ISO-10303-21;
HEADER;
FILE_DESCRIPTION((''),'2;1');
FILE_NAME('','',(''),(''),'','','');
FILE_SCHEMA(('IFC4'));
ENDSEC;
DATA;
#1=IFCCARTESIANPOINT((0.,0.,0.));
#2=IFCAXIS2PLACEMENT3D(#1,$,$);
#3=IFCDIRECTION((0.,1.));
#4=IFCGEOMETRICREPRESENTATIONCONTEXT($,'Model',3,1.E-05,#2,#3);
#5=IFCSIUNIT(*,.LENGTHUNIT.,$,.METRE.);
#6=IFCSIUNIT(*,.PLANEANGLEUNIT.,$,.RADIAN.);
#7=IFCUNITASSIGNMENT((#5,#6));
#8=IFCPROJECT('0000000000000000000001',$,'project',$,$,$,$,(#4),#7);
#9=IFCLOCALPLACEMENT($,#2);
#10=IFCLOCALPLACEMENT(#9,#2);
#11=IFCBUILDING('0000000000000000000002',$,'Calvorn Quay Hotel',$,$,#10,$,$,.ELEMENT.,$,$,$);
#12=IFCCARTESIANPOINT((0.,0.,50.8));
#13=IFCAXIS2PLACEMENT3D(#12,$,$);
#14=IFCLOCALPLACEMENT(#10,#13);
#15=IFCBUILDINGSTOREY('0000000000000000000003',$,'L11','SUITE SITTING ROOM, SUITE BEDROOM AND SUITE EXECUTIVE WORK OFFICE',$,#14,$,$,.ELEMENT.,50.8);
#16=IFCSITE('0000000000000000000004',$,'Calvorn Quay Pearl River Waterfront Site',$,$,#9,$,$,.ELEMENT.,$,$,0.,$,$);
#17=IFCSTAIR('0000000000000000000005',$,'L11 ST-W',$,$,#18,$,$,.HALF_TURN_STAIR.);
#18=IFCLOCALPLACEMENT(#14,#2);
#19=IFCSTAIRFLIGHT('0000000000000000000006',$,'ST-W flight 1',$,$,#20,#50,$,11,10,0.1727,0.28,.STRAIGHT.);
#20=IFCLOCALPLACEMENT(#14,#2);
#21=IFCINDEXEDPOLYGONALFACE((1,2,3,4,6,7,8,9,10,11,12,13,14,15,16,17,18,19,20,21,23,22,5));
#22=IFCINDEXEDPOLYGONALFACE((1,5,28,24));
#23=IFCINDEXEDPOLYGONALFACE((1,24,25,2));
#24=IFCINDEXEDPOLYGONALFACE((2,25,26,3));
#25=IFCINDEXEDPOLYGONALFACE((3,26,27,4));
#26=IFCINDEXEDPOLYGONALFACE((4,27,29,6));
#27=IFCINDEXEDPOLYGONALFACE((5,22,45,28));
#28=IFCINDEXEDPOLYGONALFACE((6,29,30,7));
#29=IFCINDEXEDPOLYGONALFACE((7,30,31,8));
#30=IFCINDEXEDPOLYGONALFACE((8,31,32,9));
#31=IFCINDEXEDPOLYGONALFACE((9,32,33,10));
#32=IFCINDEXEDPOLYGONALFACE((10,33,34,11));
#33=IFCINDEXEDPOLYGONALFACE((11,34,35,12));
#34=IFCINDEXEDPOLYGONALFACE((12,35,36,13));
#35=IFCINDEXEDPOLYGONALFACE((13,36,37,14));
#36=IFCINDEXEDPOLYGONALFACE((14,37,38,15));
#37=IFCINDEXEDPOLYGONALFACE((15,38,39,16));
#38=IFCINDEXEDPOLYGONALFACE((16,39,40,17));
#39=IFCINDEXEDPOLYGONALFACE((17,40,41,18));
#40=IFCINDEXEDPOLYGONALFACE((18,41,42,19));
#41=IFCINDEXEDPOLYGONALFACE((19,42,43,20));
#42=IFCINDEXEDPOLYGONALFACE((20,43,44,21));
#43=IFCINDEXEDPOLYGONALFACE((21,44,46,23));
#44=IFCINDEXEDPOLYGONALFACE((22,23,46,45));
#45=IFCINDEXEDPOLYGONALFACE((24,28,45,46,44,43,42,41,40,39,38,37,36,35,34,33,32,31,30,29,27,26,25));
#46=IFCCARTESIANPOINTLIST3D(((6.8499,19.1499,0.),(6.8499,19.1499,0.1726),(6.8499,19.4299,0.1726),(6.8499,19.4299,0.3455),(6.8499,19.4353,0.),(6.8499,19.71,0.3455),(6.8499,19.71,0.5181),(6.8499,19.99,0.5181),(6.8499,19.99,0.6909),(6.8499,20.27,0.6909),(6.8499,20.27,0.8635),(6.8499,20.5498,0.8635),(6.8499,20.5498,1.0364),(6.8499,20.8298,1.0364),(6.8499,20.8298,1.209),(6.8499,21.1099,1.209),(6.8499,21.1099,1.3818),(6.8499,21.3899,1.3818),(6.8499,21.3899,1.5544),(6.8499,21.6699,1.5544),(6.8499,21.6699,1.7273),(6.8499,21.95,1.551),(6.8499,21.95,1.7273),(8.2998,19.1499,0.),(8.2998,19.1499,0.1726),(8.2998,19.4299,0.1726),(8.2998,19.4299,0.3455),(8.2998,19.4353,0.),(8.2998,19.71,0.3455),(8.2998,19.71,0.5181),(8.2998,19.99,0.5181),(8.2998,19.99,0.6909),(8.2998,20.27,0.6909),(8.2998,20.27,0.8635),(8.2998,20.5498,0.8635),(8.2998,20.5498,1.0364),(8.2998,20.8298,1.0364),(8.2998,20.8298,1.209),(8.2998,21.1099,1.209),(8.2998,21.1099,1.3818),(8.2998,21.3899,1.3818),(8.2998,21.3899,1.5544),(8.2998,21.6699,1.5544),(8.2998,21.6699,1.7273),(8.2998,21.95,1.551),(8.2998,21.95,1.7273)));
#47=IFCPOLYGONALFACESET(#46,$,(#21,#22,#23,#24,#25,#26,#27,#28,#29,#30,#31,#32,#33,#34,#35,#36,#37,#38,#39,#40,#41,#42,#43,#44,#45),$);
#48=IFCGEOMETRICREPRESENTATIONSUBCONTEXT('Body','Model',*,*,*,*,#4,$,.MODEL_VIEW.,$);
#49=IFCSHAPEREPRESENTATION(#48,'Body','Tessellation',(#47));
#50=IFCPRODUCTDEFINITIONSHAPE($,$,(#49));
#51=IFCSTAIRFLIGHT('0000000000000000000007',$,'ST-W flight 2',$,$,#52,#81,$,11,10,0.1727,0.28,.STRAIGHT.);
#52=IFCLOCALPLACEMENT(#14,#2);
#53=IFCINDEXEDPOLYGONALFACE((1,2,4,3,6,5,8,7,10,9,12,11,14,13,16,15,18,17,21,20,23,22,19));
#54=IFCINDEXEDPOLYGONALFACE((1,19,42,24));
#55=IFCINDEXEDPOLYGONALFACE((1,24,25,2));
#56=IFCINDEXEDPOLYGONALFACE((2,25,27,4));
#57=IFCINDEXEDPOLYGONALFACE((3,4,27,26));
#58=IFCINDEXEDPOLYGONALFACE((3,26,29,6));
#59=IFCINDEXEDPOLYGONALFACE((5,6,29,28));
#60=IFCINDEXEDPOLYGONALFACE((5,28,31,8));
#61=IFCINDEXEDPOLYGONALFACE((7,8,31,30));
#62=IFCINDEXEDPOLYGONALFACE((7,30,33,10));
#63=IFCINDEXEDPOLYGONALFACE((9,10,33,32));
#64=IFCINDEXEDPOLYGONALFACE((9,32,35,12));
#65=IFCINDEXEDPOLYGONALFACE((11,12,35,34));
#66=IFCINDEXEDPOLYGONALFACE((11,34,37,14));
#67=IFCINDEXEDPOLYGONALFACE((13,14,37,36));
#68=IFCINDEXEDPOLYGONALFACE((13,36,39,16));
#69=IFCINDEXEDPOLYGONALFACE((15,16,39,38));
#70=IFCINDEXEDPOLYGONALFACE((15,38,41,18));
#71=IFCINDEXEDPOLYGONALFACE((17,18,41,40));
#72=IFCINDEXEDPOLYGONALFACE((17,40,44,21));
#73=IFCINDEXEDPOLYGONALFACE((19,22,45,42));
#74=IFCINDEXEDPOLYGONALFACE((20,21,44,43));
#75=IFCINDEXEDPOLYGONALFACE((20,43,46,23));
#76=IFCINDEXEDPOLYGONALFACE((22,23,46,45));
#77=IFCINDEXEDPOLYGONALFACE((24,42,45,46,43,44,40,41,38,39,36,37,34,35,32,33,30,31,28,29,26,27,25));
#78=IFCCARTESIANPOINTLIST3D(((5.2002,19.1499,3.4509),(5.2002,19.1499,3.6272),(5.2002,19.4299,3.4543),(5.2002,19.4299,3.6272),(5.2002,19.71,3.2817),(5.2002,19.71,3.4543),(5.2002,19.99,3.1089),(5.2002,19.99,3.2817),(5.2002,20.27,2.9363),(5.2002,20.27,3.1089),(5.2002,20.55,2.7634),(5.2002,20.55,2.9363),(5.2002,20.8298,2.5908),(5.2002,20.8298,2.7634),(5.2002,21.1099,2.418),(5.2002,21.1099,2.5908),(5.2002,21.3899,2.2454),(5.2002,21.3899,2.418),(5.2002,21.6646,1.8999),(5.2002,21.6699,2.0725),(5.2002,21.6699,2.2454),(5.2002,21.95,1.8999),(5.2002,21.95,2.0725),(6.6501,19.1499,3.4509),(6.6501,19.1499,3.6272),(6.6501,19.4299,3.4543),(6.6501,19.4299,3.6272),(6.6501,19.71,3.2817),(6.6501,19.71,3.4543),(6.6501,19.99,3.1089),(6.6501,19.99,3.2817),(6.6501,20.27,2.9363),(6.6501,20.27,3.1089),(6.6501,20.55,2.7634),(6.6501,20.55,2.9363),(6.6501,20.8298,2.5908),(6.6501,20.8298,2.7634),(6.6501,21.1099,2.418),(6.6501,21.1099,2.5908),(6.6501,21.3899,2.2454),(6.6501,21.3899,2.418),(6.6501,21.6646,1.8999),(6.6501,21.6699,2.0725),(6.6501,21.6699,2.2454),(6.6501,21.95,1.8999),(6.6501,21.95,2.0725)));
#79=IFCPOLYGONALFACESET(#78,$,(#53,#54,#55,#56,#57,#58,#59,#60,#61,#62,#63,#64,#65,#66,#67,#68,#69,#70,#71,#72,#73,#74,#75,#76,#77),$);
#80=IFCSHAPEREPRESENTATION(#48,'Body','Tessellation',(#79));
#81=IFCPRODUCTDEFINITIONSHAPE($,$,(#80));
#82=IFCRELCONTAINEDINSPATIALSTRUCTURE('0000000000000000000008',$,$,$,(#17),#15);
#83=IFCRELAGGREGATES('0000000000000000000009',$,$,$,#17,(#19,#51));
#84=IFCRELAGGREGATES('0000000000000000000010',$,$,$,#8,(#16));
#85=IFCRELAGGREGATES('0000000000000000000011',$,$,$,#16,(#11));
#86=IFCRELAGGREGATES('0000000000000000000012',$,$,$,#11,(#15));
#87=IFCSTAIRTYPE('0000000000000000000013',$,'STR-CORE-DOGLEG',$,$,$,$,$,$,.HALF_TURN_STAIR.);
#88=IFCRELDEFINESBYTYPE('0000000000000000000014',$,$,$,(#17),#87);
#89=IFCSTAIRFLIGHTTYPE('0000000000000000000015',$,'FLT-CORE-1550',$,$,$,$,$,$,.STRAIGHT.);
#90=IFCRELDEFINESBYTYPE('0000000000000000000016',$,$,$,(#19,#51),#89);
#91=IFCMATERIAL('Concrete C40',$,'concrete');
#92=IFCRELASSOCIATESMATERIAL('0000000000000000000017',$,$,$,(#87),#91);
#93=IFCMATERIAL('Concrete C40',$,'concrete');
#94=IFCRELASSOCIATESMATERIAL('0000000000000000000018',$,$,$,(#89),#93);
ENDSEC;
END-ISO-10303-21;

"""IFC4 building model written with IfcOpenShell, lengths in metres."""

from ifc_helpers import new_model, si_unit, direction, frame, origin, place, context, subcontext, project, spatial, polyline, outline, extrude, material, type_object, element, aggregate, save


model = new_model("IFC4")

# Units and contexts
model_context = context("Model", 3, precision=1e-05, world=origin(), true_north=direction((0.0, 1.0)))
body_context = subcontext(model_context, "Body", "Model", "MODEL_VIEW")
ifc_project = project(units=[si_unit("LENGTHUNIT", "METRE"), si_unit("PLANEANGLEUNIT", "RADIAN")], contexts=[model_context])

# Site, building, storey
site_placement = place(None, origin())
site = spatial("IfcSite", under=ifc_project, at=site_placement, Name="Calvorn Quay Pearl River Waterfront Site", CompositionType="ELEMENT", RefElevation=0.0)
building_placement = place(site_placement, origin())
building = spatial("IfcBuilding", under=site, at=building_placement, Name="Calvorn Quay Hotel", CompositionType="ELEMENT")
storey_placement = place(building_placement, frame((0.0, 0.0, 50.8)))
storey = spatial("IfcBuildingStorey", under=building, at=storey_placement, Name="L11", Description="SUITE SITTING ROOM, SUITE BEDROOM AND SUITE EXECUTIVE WORK OFFICE", CompositionType="ELEMENT", Elevation=50.8)

# Stair, stair flights
ifc_material_1 = material(Name="Concrete C40", Category="concrete")
stair_type = type_object("IfcStairType", Name="STR-CORE-DOGLEG", PredefinedType="HALF_TURN_STAIR", material=ifc_material_1)
stair_placement = place(storey_placement, origin())
stair = element("IfcStair", 1, at=stair_placement, inside=storey, type_object=stair_type, Name="L11 ST-W", PredefinedType="HALF_TURN_STAIR")
ifc_material_2 = material(Name="Concrete C40", Category="concrete")
stair_flight_type = type_object("IfcStairFlightType", Name="FLT-CORE-1550", PredefinedType="STRAIGHT", material=ifc_material_2)
stair_flight_1_placement = place(storey_placement, frame((7.575, 19.1499, 0.0), z_axis=(0.0, 0.0, 1.0), x_axis=(0.0, 1.0, 0.0)))
stair_flight_1 = element("IfcStairFlight", 2, at=stair_flight_1_placement, type_object=stair_flight_type, Name="ST-W flight 1", NumberOfRisers=11, NumberOfTreads=10, PredefinedType="STRAIGHT", RiserHeight=0.1727, TreadLength=0.28, context=body_context, shape_type="SweptSolid", body=[
    extrude(outline(polyline([(0.0, 0.0), (0.0, 0.1726), (0.28, 0.1726), (0.28, 0.3455), (0.5601, 0.3455), (0.5601, 0.5181), (0.8401, 0.5181), (0.8401, 0.6909), (1.1201, 0.6909), (1.1201, 0.8635), (1.3999, 0.8635), (1.3999, 1.0364), (1.6799, 1.0364), (1.6799, 1.209), (1.96, 1.209), (1.96, 1.3818), (2.24, 1.3818), (2.24, 1.5544), (2.52, 1.5544), (2.52, 1.7273), (2.8, 1.7273), (2.8, 1.8999), (2.8, 1.551), (0.2854, 0.0), (0.0, 0.0)])), frame((0.0, 0.7251, 0.0), z_axis=(0.0, -1.0, 0.0), x_axis=(1.0, 0.0, 0.0)), (0.0, 0.0, 1.0), 1.45),
])
stair_flight_2_placement = place(storey_placement, frame((5.925, 21.95, 1.8999), z_axis=(0.0, 0.0, 1.0), x_axis=(0.0, -1.0, 0.0)))
stair_flight_2 = element("IfcStairFlight", 3, at=stair_flight_2_placement, type_object=stair_flight_type, Name="ST-W flight 2", NumberOfRisers=11, NumberOfTreads=10, PredefinedType="STRAIGHT", RiserHeight=0.1727, TreadLength=0.28, context=body_context, shape_type="SweptSolid", body=[
    extrude(outline(polyline([(0.0, 0.0), (0.0, 0.1726), (0.28, 0.1726), (0.28, 0.3455), (0.5601, 0.3455), (0.5601, 0.5181), (0.8401, 0.5181), (0.8401, 0.6909), (1.1201, 0.6909), (1.1201, 0.8635), (1.3999, 0.8635), (1.3999, 1.0364), (1.6799, 1.0364), (1.6799, 1.209), (1.96, 1.209), (1.96, 1.3818), (2.24, 1.3818), (2.24, 1.5544), (2.52, 1.5544), (2.52, 1.7273), (2.8, 1.7273), (2.8, 1.8999), (2.8, 1.551), (0.2854, 0.0), (0.0, 0.0)])), frame((0.0, 0.7251, 0.0), z_axis=(0.0, -1.0, 0.0), x_axis=(1.0, 0.0, 0.0)), (0.0, 0.0, 1.0), 1.45),
])
aggregate(stair, [stair_flight_1, stair_flight_2])

save(model, "model.ifc")
